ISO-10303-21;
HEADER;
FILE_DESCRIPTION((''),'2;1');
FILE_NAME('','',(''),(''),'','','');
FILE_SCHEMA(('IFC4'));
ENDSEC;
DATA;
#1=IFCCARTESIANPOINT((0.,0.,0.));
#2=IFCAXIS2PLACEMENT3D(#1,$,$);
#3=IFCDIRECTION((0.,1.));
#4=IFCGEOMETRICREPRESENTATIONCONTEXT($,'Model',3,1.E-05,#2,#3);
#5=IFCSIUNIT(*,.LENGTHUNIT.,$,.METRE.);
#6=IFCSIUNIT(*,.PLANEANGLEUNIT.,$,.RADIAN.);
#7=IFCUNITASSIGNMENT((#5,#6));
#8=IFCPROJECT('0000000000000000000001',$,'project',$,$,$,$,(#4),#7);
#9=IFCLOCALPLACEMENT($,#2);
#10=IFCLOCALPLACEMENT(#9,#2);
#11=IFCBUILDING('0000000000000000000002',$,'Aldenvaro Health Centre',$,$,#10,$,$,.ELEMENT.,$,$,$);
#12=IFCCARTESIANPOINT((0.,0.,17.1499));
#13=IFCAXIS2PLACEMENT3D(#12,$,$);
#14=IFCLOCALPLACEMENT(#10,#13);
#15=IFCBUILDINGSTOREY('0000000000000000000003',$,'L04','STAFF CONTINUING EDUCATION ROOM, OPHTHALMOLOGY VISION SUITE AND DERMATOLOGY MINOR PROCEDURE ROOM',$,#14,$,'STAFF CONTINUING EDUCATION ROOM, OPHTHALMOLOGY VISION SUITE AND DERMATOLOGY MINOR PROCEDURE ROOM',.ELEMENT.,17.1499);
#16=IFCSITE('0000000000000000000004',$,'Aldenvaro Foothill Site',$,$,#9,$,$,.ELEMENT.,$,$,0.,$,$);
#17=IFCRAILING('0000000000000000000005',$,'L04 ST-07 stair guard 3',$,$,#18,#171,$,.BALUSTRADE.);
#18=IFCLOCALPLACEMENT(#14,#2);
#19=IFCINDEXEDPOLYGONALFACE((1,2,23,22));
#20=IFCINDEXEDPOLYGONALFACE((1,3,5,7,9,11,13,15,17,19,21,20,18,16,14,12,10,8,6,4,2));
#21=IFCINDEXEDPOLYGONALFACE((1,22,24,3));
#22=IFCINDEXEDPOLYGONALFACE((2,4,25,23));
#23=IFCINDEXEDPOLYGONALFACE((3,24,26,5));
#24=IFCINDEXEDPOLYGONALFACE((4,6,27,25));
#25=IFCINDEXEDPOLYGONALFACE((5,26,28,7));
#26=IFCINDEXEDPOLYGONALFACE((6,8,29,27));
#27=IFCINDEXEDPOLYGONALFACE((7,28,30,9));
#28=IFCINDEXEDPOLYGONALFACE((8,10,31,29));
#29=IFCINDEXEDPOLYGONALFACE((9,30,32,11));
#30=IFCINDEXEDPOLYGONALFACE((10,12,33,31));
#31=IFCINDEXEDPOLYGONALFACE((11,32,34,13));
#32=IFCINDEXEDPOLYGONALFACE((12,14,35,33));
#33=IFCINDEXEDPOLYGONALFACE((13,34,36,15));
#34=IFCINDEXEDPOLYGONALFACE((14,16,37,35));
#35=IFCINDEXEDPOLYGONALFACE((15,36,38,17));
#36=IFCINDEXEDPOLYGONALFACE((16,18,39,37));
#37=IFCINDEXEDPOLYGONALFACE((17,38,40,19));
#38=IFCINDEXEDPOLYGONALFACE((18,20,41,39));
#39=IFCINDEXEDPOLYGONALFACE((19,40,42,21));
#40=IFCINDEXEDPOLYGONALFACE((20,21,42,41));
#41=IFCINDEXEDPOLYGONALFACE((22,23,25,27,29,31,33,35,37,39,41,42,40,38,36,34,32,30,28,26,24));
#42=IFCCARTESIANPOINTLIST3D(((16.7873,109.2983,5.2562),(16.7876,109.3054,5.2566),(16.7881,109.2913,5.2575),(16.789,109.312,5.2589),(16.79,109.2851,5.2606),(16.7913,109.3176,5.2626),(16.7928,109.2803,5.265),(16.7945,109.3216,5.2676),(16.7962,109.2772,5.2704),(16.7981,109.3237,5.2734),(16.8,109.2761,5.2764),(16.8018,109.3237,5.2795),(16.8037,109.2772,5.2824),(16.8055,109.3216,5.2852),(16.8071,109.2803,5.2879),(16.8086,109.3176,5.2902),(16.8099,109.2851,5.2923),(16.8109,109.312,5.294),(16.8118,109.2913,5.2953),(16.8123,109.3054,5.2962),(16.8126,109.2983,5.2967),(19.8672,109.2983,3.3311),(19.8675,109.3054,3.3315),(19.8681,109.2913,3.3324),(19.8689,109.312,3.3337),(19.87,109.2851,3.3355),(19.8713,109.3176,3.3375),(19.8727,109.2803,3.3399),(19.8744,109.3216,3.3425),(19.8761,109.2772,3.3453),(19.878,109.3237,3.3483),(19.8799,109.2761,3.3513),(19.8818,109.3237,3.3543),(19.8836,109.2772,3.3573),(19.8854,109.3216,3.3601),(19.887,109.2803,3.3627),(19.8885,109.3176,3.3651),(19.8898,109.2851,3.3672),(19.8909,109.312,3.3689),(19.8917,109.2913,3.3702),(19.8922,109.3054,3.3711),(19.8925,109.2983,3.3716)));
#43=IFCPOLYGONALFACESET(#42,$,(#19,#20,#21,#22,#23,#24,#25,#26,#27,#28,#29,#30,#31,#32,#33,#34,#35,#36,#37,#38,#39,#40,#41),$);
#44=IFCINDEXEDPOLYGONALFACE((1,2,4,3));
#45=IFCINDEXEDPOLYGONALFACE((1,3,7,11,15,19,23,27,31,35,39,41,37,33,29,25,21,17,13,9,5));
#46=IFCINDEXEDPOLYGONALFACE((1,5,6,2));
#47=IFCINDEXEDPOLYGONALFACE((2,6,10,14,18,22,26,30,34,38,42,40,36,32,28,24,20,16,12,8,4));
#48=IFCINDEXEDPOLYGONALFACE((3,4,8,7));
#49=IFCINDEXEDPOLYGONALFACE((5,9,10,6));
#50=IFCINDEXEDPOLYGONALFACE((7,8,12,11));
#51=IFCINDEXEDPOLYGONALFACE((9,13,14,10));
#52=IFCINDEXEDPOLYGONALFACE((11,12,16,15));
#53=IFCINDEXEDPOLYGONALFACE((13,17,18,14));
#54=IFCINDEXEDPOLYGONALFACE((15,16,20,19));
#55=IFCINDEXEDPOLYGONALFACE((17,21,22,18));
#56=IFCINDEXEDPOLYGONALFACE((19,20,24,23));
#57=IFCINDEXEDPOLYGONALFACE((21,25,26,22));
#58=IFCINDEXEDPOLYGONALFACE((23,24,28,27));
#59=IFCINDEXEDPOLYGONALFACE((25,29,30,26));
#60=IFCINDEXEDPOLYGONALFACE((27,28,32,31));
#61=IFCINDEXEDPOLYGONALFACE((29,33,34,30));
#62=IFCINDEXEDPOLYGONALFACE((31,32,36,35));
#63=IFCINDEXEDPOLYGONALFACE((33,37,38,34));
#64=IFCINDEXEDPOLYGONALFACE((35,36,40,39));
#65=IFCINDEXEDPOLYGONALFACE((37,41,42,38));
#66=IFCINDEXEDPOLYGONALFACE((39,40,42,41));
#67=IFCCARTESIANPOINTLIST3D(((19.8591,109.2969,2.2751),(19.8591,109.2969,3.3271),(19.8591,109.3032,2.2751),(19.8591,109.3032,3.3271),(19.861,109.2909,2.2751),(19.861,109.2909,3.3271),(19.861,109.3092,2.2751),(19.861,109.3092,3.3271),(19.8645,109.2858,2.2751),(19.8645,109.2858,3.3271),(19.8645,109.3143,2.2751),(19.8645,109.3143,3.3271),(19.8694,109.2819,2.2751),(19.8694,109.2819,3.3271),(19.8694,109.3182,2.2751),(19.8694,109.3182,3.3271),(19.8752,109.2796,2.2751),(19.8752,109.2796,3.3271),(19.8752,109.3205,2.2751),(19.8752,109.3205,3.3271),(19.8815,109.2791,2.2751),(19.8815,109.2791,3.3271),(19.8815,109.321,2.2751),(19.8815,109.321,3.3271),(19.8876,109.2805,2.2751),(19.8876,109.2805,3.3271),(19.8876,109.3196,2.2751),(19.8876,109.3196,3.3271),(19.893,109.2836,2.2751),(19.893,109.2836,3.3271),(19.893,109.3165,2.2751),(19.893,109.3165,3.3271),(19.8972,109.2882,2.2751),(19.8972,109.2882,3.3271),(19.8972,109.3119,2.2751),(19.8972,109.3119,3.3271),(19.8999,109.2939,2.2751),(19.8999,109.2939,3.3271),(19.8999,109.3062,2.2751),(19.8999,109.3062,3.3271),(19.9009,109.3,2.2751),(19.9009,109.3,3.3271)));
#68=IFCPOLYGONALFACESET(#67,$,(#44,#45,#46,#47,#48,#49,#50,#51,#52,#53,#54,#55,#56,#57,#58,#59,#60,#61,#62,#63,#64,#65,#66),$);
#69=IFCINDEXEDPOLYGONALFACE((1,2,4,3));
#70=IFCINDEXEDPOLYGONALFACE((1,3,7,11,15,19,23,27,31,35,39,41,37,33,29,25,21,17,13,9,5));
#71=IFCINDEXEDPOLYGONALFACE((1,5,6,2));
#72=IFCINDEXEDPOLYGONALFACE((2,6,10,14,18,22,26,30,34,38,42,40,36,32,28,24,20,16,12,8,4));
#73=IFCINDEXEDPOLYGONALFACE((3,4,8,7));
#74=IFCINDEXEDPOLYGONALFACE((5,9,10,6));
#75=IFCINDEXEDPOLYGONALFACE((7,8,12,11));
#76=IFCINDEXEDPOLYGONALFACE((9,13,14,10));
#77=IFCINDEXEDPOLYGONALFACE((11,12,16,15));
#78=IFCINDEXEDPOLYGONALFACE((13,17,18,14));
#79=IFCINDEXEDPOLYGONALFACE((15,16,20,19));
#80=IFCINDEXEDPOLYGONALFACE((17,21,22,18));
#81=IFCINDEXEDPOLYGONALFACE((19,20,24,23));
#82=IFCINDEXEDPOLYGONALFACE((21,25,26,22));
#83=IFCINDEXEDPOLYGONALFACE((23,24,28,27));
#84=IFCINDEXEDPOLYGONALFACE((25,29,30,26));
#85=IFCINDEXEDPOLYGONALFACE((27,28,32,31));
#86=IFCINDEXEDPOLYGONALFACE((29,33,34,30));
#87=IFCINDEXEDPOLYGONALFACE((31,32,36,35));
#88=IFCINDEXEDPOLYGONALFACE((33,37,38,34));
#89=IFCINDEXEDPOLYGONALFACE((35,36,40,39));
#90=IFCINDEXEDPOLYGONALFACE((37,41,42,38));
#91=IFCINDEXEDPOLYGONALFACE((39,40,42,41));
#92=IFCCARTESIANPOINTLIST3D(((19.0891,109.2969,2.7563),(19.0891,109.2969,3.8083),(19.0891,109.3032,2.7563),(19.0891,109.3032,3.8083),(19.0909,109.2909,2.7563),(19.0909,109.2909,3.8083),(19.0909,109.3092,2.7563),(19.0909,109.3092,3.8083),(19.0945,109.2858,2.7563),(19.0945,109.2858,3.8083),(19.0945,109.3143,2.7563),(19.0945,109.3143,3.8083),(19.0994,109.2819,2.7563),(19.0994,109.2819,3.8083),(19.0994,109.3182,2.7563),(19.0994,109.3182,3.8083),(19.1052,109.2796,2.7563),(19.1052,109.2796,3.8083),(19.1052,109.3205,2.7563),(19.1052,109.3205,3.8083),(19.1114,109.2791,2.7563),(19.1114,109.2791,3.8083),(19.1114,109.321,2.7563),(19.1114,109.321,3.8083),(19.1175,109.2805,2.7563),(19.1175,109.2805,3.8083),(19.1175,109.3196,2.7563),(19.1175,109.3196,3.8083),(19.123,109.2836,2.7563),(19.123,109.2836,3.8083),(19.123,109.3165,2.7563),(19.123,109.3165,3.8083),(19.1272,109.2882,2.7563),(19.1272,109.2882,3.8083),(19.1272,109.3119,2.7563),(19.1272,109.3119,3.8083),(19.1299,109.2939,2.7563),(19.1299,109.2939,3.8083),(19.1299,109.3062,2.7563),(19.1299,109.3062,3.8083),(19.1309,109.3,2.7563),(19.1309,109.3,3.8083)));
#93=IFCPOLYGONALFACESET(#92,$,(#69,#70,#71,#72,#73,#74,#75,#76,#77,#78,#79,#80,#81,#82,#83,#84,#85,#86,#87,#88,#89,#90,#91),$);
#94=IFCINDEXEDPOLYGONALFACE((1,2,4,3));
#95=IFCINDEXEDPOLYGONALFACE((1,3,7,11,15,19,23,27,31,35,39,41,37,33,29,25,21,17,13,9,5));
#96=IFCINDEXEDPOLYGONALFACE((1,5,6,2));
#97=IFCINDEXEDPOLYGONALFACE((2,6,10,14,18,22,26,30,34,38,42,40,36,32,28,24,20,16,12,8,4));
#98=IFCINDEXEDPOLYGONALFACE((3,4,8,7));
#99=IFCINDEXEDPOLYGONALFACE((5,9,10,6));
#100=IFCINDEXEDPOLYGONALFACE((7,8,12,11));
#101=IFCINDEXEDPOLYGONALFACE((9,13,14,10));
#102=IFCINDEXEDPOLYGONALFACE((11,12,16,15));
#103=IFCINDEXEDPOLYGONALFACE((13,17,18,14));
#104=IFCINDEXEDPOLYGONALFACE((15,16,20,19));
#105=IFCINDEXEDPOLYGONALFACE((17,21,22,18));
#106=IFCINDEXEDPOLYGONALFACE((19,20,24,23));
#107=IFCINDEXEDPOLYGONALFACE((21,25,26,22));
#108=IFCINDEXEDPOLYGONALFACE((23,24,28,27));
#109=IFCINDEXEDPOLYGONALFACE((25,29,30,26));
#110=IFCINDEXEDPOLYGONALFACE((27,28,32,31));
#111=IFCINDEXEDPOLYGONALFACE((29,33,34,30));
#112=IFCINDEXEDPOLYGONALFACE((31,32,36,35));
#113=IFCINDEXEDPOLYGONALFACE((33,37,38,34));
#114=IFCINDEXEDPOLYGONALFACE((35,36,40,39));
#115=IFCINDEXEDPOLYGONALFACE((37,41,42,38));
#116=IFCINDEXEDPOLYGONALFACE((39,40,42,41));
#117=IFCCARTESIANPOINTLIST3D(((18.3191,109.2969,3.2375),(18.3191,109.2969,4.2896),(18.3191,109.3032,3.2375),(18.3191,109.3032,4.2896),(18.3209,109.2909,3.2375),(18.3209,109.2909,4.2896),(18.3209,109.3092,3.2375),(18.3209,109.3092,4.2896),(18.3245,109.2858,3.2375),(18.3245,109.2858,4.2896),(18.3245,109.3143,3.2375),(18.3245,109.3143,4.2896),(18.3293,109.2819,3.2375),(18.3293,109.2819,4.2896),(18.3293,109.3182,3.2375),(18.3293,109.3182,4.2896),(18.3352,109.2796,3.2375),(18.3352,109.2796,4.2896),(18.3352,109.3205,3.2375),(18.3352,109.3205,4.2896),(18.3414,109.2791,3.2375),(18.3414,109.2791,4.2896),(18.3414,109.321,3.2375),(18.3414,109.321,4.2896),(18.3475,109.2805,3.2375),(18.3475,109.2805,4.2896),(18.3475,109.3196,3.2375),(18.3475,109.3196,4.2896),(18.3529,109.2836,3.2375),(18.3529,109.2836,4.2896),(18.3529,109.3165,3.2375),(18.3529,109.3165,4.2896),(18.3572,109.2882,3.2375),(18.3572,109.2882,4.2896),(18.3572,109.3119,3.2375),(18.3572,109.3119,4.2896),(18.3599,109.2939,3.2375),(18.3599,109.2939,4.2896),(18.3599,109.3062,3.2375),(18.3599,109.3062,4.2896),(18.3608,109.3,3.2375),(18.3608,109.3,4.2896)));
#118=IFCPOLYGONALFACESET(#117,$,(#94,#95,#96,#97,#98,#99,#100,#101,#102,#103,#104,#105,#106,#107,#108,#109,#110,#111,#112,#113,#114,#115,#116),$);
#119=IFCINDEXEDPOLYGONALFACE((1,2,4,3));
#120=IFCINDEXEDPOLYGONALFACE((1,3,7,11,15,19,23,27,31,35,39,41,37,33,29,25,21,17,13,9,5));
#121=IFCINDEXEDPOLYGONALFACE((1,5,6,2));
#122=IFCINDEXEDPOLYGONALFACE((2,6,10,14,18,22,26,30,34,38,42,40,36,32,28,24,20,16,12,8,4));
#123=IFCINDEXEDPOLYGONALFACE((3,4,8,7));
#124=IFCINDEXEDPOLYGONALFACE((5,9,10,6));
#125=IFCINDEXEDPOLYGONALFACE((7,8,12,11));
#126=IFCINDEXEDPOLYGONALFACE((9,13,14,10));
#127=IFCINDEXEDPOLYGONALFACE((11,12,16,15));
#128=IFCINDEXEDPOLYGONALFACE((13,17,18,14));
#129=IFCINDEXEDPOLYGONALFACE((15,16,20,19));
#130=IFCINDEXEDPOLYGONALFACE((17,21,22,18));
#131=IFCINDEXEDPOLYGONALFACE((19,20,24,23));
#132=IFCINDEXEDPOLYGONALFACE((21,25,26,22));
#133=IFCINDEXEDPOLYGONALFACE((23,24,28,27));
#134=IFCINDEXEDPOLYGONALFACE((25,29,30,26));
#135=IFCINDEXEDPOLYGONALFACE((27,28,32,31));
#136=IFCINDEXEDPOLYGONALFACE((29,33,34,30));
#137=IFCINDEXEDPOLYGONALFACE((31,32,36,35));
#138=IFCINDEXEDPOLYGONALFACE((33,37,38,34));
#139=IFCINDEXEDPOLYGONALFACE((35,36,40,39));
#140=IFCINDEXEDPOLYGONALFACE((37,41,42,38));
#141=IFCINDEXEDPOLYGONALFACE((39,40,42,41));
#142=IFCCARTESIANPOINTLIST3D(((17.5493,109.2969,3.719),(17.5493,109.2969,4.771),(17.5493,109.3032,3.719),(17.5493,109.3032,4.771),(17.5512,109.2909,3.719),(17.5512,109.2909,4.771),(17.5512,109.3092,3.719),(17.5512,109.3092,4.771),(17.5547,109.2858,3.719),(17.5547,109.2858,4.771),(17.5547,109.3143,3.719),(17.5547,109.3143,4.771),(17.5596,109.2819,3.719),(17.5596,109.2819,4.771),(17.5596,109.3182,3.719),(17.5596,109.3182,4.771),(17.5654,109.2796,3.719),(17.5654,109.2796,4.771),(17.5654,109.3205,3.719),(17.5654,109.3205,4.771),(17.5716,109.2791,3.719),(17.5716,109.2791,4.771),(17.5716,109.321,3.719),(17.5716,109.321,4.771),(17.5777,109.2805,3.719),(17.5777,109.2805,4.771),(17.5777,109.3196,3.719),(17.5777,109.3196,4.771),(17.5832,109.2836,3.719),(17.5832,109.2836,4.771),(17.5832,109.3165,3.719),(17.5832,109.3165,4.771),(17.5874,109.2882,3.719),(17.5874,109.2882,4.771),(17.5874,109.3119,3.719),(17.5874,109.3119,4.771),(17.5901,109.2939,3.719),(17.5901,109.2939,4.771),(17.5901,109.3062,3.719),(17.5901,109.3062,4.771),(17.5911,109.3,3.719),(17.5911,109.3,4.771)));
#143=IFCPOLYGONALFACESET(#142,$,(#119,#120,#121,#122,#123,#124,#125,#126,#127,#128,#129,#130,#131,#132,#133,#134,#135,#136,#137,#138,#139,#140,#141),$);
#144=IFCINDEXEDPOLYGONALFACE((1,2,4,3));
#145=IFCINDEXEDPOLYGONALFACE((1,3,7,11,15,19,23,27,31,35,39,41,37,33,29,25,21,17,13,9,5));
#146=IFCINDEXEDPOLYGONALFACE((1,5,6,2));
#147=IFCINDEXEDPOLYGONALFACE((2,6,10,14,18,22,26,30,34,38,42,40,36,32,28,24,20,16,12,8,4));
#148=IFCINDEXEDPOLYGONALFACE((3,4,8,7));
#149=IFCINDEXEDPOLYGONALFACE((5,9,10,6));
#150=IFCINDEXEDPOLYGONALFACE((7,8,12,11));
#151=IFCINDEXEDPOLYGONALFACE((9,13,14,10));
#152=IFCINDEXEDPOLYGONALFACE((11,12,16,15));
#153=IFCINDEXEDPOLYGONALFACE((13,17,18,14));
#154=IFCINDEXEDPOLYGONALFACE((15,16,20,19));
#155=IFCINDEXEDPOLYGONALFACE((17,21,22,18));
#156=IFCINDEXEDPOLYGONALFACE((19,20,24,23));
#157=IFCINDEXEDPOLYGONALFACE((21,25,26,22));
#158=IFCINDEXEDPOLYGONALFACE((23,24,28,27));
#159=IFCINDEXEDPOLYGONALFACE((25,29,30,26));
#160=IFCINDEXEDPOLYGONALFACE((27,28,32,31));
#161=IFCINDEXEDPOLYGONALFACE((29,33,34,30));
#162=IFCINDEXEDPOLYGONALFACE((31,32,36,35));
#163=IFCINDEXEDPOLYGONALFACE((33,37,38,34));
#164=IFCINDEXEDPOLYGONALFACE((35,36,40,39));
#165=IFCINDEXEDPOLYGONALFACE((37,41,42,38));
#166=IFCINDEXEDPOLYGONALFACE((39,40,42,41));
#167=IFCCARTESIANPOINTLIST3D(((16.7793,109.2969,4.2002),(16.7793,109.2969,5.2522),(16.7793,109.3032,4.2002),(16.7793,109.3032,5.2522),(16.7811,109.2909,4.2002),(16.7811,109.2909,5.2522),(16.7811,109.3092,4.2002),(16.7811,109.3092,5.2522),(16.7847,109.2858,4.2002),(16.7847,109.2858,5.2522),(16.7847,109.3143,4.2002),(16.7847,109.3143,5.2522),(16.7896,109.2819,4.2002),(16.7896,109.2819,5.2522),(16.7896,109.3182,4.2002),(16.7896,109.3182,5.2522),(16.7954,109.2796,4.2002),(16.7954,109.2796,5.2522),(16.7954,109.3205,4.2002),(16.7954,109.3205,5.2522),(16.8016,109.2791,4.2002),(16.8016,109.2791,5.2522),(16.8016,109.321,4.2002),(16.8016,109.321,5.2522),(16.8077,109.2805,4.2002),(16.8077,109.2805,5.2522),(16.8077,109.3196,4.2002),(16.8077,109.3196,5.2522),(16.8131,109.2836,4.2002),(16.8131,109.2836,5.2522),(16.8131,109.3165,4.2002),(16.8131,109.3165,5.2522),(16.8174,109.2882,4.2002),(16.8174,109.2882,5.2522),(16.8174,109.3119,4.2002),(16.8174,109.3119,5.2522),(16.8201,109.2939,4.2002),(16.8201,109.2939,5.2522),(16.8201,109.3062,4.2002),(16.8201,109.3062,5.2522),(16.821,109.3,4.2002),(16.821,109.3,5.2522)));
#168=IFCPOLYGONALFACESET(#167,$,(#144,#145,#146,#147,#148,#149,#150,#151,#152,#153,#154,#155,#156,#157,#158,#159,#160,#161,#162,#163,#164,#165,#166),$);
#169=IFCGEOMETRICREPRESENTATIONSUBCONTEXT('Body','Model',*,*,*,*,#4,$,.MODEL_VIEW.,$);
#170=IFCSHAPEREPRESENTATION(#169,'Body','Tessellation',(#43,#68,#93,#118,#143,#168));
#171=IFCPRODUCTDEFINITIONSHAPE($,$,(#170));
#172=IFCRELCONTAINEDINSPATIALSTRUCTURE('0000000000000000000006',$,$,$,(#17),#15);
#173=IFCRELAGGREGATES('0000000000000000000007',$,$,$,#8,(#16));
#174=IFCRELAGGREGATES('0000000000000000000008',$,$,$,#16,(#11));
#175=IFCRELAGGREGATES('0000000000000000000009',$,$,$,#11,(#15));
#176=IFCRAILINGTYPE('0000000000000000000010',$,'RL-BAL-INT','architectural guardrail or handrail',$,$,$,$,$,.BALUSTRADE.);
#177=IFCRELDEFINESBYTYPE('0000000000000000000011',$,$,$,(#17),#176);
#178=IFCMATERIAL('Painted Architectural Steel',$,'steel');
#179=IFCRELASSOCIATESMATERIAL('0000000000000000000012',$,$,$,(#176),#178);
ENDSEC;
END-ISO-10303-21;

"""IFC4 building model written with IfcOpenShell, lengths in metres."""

from ifc_helpers import new_model, si_unit, direction, frame, origin, origin_2d, place, context, subcontext, project, spatial, circle, extrude, material, type_object, element, save


model = new_model("IFC4")

# Units and contexts
model_context = context("Model", 3, precision=1e-05, world=origin(), true_north=direction((0.0, 1.0)))
body_context = subcontext(model_context, "Body", "Model", "MODEL_VIEW")
ifc_project = project(units=[si_unit("LENGTHUNIT", "METRE"), si_unit("PLANEANGLEUNIT", "RADIAN")], contexts=[model_context])

# Site, building, storey
site_placement = place(None, origin())
site = spatial("IfcSite", under=ifc_project, at=site_placement, Name="Aldenvaro Foothill Site", CompositionType="ELEMENT", RefElevation=0.0)
building_placement = place(site_placement, origin())
building = spatial("IfcBuilding", under=site, at=building_placement, Name="Aldenvaro Health Centre", CompositionType="ELEMENT")
storey_placement = place(building_placement, frame((0.0, 0.0, 17.1499)))
storey = spatial("IfcBuildingStorey", under=building, at=storey_placement, Name="L04", Description="STAFF CONTINUING EDUCATION ROOM, OPHTHALMOLOGY VISION SUITE AND DERMATOLOGY MINOR PROCEDURE ROOM", LongName="STAFF CONTINUING EDUCATION ROOM, OPHTHALMOLOGY VISION SUITE AND DERMATOLOGY MINOR PROCEDURE ROOM", CompositionType="ELEMENT", Elevation=17.1499)

# Railing
ifc_material_1 = material(Name="Painted Architectural Steel", Category="steel")
railing_type_1 = type_object("IfcRailingType", Name="RL-BAL-INT", Description="architectural guardrail or handrail", PredefinedType="BALUSTRADE", material=ifc_material_1)
railing_1_placement = place(storey_placement, frame((19.8799, 109.3, 2.2751)))
element("IfcRailing", 1, at=railing_1_placement, inside=storey, type_object=railing_type_1, Name="L04 ST-07 stair guard 3", PredefinedType="BALUSTRADE", context=body_context, shape_type="SweptSolid", body=[
    extrude(circle(Radius=0.0239, at=origin_2d()), frame((0.0, 0.0, 1.0762), z_axis=(-0.847979, 0.0, 0.530029), x_axis=(0.0, -1.0, 0.0)), (0.0, 0.0, 1.0), 3.6321),
    extrude(circle(Radius=0.021, at=origin_2d()), origin(), (0.0, 0.0, 1.0), 1.052),
    extrude(circle(Radius=0.021, at=origin_2d()), frame((-0.77, 0.0, 0.4812)), (0.0, 0.0, 1.0), 1.052),
    extrude(circle(Radius=0.021, at=origin_2d()), frame((-1.54, 0.0, 0.9624)), (0.0, 0.0, 1.0), 1.052),
    extrude(circle(Radius=0.021, at=origin_2d()), frame((-2.3098, 0.0, 1.4438)), (0.0, 0.0, 1.0), 1.052),
    extrude(circle(Radius=0.021, at=origin_2d()), frame((-3.0798, 0.0, 1.925)), (0.0, 0.0, 1.0), 1.052),
])

save(model, "model.ifc")
